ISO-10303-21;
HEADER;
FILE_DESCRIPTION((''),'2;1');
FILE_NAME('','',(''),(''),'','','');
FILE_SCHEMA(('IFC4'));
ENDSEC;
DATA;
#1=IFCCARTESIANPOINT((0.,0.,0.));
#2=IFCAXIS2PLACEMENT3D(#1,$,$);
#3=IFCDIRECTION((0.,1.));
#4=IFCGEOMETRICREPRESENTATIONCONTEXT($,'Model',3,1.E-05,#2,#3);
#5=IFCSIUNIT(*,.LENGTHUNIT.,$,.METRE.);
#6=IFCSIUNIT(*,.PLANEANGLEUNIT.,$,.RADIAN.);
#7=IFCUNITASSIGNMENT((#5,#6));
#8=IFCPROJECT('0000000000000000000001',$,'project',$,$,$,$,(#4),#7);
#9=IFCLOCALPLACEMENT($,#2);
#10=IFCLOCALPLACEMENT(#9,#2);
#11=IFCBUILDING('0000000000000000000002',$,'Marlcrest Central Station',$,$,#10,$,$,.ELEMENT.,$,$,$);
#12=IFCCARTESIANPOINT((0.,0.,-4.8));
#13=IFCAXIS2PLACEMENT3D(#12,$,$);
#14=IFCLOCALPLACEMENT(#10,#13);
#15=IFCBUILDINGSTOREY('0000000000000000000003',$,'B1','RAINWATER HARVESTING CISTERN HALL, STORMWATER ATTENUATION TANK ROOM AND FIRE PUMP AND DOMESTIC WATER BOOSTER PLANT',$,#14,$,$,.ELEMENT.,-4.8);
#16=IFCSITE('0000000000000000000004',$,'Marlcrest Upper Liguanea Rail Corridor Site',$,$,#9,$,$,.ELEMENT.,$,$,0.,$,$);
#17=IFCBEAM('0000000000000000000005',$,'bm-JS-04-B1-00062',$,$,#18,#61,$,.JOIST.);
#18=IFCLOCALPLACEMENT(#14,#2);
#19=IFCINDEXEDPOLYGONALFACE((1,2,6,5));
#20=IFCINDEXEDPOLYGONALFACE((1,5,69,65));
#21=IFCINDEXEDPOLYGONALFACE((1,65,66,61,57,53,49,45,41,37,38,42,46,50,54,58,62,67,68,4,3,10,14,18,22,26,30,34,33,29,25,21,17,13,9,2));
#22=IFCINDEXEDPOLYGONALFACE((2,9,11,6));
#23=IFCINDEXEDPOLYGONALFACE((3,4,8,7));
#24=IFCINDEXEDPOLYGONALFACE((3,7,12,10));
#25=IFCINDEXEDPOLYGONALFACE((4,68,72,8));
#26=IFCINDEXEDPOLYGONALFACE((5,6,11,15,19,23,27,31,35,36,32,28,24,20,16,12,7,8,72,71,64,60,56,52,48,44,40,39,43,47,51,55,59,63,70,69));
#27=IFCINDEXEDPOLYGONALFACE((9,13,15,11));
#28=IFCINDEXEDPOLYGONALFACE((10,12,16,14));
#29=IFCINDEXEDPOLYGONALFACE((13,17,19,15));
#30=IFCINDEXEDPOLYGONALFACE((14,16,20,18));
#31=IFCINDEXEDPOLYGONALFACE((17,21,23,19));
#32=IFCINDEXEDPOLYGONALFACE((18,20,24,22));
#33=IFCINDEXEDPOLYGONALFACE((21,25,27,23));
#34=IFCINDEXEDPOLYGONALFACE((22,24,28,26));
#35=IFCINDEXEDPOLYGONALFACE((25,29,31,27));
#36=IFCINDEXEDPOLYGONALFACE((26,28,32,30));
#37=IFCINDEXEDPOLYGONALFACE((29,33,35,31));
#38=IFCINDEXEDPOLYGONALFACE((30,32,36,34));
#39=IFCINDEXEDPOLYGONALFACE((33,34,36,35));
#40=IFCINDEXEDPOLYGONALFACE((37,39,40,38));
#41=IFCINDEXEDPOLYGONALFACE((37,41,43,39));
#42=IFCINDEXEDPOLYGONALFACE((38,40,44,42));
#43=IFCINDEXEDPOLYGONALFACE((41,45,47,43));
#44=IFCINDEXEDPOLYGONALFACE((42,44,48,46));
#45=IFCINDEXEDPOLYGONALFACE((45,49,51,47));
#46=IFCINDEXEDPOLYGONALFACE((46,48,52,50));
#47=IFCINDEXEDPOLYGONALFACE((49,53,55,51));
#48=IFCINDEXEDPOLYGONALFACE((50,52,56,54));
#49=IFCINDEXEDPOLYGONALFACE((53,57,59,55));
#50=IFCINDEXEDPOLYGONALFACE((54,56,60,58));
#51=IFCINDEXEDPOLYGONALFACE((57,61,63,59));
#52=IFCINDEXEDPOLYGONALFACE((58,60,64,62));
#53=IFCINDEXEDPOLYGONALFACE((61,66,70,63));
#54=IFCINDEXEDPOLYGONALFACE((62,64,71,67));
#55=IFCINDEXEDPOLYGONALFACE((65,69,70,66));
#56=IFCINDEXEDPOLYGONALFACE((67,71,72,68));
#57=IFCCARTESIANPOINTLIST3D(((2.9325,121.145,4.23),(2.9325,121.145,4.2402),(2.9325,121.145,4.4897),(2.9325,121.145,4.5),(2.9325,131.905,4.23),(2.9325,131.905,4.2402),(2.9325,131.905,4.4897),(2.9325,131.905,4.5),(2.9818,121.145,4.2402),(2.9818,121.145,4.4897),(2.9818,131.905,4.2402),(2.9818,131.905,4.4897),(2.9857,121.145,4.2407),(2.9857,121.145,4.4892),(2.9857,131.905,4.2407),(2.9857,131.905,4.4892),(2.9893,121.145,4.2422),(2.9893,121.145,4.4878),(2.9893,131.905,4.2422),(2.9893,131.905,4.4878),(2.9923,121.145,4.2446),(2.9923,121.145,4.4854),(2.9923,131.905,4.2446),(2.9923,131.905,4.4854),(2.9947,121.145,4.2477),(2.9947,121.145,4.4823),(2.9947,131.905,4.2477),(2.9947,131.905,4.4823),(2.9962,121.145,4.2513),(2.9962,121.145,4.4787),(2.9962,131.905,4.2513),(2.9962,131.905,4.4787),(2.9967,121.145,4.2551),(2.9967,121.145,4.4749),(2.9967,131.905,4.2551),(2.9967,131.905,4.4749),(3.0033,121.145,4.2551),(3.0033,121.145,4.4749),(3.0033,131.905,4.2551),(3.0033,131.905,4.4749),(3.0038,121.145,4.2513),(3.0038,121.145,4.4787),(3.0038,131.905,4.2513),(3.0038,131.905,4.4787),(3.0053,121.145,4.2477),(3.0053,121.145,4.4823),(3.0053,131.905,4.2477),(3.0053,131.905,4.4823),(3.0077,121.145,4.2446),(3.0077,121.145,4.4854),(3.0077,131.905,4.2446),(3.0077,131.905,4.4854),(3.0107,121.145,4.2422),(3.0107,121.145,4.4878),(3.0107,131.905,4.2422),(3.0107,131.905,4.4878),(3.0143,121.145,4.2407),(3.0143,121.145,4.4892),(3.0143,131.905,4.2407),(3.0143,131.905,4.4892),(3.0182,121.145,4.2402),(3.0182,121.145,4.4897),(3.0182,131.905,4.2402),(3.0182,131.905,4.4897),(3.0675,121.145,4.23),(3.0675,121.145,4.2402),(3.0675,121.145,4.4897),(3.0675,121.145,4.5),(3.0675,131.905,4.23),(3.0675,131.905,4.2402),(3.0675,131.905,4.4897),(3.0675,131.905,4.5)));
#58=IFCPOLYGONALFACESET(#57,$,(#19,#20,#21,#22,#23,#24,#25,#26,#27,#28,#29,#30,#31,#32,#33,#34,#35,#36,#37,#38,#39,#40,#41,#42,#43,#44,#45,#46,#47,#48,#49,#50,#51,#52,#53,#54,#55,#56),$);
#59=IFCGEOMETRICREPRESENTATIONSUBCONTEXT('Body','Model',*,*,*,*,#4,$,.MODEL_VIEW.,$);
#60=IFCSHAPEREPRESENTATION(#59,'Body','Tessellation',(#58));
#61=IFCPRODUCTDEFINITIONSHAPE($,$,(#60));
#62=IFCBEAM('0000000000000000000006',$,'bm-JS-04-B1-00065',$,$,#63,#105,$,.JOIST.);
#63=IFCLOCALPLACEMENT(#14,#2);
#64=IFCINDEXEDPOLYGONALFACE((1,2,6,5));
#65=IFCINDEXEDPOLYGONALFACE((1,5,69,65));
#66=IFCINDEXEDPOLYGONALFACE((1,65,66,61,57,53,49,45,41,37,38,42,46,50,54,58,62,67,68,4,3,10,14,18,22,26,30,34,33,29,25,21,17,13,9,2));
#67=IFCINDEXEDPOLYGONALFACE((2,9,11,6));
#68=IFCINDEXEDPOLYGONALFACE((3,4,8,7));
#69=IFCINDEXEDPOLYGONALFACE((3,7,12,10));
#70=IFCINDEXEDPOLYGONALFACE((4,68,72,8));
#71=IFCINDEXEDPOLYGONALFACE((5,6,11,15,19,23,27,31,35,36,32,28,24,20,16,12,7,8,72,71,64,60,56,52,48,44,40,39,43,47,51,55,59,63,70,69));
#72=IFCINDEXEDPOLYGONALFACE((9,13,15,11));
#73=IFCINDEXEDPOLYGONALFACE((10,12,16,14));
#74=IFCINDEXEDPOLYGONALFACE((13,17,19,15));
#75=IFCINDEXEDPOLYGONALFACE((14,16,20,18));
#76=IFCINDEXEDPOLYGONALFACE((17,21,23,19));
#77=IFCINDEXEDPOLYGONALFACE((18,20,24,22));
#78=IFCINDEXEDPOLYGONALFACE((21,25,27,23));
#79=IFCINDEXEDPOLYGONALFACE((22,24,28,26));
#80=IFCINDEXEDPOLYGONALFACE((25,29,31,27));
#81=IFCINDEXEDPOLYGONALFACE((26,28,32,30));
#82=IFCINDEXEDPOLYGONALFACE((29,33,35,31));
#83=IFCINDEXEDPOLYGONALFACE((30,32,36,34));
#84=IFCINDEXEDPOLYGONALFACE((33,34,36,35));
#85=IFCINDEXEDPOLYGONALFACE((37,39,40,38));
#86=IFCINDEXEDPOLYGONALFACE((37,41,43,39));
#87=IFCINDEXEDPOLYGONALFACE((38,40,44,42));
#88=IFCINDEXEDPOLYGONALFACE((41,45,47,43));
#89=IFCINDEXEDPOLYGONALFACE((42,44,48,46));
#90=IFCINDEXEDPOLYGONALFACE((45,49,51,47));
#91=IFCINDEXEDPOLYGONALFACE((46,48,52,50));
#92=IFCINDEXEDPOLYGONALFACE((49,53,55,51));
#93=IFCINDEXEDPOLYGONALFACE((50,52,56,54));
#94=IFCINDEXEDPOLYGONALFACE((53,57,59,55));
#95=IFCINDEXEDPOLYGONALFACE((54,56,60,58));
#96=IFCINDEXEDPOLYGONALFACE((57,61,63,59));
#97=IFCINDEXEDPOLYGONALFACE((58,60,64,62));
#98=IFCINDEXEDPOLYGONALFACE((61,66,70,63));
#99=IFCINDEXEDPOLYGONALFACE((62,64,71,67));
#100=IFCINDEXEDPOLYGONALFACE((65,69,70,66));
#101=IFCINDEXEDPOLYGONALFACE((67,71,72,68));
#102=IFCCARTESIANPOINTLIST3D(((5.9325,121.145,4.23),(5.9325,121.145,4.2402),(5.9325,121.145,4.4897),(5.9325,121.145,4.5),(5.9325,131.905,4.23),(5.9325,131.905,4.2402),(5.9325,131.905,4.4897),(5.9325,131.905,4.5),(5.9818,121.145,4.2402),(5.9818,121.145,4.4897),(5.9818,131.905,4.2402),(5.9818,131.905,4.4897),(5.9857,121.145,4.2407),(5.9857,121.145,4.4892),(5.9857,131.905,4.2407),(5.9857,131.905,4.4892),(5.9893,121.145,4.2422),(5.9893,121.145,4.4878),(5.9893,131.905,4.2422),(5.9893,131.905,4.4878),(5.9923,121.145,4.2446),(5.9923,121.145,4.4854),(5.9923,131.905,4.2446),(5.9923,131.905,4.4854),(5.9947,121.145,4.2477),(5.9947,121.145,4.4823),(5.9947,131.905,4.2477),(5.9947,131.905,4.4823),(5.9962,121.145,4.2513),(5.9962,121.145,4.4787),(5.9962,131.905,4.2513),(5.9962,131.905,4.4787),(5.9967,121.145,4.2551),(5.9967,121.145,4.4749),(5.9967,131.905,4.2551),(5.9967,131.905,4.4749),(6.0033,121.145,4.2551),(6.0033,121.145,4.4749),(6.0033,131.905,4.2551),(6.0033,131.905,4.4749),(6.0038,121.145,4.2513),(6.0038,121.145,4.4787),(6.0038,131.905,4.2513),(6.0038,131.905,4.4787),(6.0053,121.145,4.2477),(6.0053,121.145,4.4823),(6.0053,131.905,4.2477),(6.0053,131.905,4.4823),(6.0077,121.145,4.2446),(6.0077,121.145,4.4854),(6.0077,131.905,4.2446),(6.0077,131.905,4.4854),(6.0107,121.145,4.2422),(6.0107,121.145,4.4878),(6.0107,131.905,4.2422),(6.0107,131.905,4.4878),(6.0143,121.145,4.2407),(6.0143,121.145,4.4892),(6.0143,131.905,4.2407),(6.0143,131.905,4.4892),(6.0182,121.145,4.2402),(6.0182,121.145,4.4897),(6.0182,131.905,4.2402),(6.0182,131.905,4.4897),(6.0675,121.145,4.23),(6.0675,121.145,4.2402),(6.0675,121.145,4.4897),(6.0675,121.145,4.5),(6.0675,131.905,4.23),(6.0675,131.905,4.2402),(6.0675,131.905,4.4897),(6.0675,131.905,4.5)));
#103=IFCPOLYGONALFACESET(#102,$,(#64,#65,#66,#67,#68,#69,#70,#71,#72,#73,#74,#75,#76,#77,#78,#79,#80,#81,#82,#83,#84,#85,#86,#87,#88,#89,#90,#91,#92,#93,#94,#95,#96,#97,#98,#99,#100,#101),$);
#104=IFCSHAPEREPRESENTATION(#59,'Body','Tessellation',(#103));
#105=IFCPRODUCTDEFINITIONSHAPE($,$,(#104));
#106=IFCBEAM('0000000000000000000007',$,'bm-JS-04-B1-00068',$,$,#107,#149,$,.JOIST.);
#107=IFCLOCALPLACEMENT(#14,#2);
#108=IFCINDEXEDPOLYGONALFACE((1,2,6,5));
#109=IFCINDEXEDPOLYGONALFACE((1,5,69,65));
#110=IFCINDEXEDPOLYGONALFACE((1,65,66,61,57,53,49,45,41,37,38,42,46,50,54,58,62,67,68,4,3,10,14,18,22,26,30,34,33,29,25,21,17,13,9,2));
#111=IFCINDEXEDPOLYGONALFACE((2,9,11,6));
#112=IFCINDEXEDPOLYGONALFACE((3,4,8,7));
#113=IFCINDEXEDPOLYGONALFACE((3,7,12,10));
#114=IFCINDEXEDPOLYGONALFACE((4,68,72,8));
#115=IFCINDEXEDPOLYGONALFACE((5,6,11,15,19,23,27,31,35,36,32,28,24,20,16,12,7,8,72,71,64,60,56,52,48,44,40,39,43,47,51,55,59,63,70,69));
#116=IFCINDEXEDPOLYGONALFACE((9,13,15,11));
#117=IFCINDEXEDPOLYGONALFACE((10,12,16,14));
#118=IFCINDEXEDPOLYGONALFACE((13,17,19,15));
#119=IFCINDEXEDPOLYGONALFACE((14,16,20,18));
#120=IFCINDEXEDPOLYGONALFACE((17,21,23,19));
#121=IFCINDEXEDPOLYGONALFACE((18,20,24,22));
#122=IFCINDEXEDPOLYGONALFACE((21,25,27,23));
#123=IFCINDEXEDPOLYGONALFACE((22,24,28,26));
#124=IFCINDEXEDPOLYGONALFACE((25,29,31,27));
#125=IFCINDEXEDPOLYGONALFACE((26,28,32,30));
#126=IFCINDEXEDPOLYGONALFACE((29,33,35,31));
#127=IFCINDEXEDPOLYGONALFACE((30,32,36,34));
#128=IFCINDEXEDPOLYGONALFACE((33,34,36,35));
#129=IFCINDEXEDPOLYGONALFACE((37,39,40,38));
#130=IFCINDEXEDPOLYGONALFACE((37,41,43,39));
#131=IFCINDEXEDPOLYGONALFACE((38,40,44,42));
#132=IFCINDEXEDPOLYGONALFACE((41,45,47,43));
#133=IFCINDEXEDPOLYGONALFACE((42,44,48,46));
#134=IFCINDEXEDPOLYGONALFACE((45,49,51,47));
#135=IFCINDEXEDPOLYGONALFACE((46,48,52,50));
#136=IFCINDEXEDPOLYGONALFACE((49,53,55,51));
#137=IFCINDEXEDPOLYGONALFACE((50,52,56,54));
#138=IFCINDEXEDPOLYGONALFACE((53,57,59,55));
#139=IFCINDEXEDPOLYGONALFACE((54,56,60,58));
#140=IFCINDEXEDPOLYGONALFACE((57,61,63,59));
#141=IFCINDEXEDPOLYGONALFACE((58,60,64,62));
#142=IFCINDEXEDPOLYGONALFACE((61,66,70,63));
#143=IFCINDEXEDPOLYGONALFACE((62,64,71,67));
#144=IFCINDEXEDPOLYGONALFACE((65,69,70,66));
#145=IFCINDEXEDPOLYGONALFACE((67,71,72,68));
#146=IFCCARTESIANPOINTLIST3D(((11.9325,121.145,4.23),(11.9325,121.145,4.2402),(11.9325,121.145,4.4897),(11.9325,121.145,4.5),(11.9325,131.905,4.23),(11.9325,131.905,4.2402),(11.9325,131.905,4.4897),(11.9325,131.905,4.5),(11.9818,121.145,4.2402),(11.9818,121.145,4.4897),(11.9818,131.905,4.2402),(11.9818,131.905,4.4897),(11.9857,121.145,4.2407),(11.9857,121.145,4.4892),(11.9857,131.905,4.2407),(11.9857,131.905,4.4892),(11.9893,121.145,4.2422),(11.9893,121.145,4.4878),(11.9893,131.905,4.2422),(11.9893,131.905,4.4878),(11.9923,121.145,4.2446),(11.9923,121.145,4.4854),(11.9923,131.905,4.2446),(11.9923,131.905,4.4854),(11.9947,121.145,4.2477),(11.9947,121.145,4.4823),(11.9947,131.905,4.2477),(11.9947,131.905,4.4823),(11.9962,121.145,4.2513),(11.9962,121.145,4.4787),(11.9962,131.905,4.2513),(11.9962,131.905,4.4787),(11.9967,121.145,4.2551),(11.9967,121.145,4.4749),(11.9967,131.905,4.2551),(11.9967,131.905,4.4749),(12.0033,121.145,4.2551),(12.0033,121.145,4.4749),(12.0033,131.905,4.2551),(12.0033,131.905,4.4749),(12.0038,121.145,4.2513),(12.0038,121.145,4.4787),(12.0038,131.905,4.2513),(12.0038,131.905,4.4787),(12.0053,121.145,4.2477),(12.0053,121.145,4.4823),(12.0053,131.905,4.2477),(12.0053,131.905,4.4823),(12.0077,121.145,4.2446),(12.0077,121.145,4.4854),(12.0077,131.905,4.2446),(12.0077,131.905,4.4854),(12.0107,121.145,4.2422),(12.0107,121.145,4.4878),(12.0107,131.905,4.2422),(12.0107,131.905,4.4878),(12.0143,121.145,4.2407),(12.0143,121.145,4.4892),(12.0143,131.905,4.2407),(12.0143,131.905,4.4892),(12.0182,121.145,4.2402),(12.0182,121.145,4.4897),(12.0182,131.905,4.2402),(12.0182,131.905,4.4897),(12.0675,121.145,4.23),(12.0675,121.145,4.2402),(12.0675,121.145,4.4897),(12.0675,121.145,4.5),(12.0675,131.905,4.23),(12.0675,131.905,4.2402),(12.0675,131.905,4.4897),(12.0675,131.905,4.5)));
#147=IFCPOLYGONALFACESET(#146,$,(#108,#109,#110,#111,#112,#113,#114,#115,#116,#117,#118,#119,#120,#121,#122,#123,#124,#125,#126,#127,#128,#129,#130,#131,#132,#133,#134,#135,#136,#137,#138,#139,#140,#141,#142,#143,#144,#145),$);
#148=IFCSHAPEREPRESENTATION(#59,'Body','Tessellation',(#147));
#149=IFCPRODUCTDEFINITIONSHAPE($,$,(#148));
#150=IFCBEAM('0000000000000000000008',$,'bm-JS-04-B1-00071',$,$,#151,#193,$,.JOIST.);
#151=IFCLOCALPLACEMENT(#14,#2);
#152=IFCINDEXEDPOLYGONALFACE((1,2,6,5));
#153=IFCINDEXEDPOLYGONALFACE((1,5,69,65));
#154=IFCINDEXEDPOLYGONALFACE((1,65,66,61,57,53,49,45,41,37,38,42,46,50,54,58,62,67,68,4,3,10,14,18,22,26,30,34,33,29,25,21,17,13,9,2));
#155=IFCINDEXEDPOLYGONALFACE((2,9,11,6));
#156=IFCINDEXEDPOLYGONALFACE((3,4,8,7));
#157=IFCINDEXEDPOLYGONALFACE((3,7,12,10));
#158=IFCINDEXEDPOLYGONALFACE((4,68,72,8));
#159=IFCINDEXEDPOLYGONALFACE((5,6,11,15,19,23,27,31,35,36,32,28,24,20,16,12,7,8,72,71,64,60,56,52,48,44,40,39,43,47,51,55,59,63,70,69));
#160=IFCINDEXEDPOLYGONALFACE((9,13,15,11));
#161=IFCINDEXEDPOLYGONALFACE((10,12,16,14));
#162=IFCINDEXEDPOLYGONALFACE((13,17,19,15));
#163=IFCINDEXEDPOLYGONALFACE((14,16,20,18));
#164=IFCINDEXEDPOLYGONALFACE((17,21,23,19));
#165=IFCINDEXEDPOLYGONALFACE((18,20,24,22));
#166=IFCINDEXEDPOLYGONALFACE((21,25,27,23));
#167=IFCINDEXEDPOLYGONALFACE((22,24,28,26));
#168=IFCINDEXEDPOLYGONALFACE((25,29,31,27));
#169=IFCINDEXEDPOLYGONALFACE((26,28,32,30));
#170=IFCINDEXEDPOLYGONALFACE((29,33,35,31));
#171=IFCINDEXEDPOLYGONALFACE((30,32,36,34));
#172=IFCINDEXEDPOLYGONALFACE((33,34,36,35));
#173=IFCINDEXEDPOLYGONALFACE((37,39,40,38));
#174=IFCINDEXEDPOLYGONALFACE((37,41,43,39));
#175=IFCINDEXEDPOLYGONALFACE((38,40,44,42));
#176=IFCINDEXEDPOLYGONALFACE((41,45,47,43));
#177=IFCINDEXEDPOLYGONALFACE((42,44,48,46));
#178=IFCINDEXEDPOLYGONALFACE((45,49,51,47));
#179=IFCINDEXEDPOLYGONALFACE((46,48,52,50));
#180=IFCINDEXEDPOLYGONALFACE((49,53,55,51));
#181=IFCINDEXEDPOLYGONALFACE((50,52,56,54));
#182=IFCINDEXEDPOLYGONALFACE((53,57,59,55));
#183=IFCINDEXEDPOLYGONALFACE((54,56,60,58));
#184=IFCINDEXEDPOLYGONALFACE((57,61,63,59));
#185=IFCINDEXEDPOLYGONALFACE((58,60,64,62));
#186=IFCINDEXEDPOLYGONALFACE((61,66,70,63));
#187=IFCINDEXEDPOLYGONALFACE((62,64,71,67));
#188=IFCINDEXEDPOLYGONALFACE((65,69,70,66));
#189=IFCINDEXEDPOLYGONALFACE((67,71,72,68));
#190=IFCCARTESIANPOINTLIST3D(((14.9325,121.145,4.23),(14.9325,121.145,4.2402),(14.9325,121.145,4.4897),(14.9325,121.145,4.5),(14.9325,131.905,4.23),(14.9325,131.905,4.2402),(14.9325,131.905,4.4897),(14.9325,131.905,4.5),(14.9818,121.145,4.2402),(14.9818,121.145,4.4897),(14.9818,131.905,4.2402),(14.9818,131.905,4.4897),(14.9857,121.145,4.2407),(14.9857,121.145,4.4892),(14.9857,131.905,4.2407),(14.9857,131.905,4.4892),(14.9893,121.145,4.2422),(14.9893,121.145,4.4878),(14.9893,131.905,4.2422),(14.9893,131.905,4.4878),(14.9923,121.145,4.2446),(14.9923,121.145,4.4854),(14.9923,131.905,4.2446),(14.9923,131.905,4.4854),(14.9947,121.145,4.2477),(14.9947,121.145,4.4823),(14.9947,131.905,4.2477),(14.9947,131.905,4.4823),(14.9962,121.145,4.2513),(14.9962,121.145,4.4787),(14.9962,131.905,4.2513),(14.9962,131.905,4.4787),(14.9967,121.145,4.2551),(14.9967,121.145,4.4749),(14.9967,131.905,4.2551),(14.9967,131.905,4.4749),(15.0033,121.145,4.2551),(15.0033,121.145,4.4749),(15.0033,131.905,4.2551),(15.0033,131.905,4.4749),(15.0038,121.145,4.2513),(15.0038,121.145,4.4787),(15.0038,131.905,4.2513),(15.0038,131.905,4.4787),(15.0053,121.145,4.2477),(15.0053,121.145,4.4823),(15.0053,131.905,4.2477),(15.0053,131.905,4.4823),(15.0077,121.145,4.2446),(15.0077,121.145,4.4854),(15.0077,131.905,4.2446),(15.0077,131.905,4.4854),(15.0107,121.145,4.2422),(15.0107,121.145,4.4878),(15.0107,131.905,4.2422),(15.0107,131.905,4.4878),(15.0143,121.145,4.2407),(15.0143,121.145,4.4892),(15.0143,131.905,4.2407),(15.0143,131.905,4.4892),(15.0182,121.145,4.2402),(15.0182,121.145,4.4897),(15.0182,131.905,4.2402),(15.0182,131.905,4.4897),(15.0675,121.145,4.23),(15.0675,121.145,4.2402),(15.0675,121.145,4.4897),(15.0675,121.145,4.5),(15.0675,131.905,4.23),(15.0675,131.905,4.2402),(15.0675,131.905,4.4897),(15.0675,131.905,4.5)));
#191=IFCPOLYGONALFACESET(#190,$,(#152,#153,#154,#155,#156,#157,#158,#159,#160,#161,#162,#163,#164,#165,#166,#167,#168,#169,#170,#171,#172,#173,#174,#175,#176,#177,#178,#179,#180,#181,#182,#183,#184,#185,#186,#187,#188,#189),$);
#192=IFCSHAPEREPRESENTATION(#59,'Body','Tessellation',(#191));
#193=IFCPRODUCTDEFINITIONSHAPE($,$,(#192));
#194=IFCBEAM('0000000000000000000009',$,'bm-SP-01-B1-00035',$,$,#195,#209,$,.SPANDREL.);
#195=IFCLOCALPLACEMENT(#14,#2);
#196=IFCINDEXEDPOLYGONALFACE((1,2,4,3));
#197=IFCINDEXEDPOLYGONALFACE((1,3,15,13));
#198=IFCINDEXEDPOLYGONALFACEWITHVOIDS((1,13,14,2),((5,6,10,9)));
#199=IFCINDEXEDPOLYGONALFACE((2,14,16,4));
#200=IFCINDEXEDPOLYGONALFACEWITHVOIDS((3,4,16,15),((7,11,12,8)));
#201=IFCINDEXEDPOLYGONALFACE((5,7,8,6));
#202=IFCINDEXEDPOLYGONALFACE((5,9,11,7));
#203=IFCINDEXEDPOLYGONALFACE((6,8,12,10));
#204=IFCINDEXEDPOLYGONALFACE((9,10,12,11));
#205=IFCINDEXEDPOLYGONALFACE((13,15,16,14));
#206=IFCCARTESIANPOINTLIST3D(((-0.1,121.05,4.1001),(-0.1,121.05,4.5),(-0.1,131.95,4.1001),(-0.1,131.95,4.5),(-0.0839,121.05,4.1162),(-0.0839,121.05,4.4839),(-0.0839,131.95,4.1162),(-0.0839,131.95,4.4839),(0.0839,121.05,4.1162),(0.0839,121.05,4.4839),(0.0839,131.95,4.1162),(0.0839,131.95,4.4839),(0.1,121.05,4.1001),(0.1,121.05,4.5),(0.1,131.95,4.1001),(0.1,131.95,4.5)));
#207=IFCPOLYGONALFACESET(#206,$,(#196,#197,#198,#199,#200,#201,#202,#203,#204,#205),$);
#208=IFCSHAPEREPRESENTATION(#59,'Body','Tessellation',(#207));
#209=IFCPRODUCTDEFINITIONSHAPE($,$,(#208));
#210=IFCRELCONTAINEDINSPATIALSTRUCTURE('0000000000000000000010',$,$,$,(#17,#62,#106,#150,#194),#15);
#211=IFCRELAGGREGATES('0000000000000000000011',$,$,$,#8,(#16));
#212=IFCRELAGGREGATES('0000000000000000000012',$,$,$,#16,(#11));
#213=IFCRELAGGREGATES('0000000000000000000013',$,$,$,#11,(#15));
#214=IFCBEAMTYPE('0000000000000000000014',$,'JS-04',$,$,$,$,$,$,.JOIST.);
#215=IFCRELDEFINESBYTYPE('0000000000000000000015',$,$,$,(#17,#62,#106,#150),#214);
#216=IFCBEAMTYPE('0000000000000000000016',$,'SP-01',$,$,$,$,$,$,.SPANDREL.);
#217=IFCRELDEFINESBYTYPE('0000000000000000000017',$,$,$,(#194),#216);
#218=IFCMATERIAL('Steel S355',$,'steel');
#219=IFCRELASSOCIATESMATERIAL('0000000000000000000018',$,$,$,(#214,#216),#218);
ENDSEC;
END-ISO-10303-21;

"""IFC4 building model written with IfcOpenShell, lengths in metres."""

from ifc_helpers import new_model, si_unit, direction, frame, origin, origin_2d, place, context, subcontext, project, spatial, hollow_rectangle, i_section, extrude, material, material_profile, profile_set, type_object, element, save


model = new_model("IFC4")

# Units and contexts
model_context = context("Model", 3, precision=1e-05, world=origin(), true_north=direction((0.0, 1.0)))
body_context = subcontext(model_context, "Body", "Model", "MODEL_VIEW")
ifc_project = project(units=[si_unit("LENGTHUNIT", "METRE"), si_unit("PLANEANGLEUNIT", "RADIAN")], contexts=[model_context])

# Site, building, storey
site_placement = place(None, origin())
site = spatial("IfcSite", under=ifc_project, at=site_placement, Name="Marlcrest Upper Liguanea Rail Corridor Site", CompositionType="ELEMENT", RefElevation=0.0)
building_placement = place(site_placement, origin())
building = spatial("IfcBuilding", under=site, at=building_placement, Name="Marlcrest Central Station", CompositionType="ELEMENT")
storey_placement = place(building_placement, frame((0.0, 0.0, -4.8)))
storey = spatial("IfcBuildingStorey", under=building, at=storey_placement, Name="B1", Description="RAINWATER HARVESTING CISTERN HALL, STORMWATER ATTENUATION TANK ROOM AND FIRE PUMP AND DOMESTIC WATER BOOSTER PLANT", CompositionType="ELEMENT", Elevation=-4.8)

# Shared definitions
ifc_material_1 = material(Name="Steel S355", Category="steel")

# Beams
ifc_material_profile_1 = material_profile(ifc_material_1, i_section(OverallWidth=0.135, OverallDepth=0.27, WebThickness=0.0066, FlangeThickness=0.0103, FilletRadius=0.0149, at=origin_2d()), Name="IPE 270")
ifc_profile_set_1 = profile_set([ifc_material_profile_1], Name="Steel S355")
beam_type_1 = type_object("IfcBeamType", Name="JS-04", PredefinedType="JOIST", material=ifc_profile_set_1)
for number, where, z_axis, x_axis, name in (
    (1, (3.0, 121.145, 4.365), (0.0, 1.0, 0.0), (-1.0, 0.0, 0.0), "bm-JS-04-B1-00062"),
    (2, (6.0, 121.145, 4.365), (0.0, 1.0, 0.0), (-1.0, 0.0, 0.0), "bm-JS-04-B1-00065"),
    (3, (12.0, 121.145, 4.365), (0.0, 1.0, 0.0), (-1.0, 0.0, 0.0), "bm-JS-04-B1-00068"),
    (4, (15.0, 121.145, 4.365), (0.0, 1.0, 0.0), (-1.0, 0.0, 0.0), "bm-JS-04-B1-00071"),
):
    element("IfcBeam", number, at=place(storey_placement, frame(where, z_axis=z_axis, x_axis=x_axis)), inside=storey, type_object=beam_type_1, Name=name, PredefinedType="JOIST", context=body_context, shape_type="SweptSolid", body=[
        extrude(i_section(OverallWidth=0.135, OverallDepth=0.27, WebThickness=0.0066, FlangeThickness=0.0103, FilletRadius=0.0149, at=origin_2d()), origin(), (0.0, 0.0, 1.0), 10.76),
    ])
ifc_material_profile_2 = material_profile(ifc_material_1, hollow_rectangle(XDim=0.2, YDim=0.3999, WallThickness=0.0161, at=origin_2d()), Name="RHS 400x200x16")
ifc_profile_set_2 = profile_set([ifc_material_profile_2], Name="Steel S355")
beam_type_2 = type_object("IfcBeamType", Name="SP-01", PredefinedType="SPANDREL", material=ifc_profile_set_2)
beam_placement = place(storey_placement, frame((0.0, 121.05, 4.3), z_axis=(0.0, 1.0, 0.0), x_axis=(-1.0, 0.0, 0.0)))
element("IfcBeam", 5, at=beam_placement, inside=storey, type_object=beam_type_2, Name="bm-SP-01-B1-00035", PredefinedType="SPANDREL", context=body_context, shape_type="SweptSolid", body=[
    extrude(hollow_rectangle(XDim=0.2, YDim=0.3999, WallThickness=0.0161, at=origin_2d()), origin(), (0.0, 0.0, 1.0), 10.8999),
])

save(model, "model.ifc")
